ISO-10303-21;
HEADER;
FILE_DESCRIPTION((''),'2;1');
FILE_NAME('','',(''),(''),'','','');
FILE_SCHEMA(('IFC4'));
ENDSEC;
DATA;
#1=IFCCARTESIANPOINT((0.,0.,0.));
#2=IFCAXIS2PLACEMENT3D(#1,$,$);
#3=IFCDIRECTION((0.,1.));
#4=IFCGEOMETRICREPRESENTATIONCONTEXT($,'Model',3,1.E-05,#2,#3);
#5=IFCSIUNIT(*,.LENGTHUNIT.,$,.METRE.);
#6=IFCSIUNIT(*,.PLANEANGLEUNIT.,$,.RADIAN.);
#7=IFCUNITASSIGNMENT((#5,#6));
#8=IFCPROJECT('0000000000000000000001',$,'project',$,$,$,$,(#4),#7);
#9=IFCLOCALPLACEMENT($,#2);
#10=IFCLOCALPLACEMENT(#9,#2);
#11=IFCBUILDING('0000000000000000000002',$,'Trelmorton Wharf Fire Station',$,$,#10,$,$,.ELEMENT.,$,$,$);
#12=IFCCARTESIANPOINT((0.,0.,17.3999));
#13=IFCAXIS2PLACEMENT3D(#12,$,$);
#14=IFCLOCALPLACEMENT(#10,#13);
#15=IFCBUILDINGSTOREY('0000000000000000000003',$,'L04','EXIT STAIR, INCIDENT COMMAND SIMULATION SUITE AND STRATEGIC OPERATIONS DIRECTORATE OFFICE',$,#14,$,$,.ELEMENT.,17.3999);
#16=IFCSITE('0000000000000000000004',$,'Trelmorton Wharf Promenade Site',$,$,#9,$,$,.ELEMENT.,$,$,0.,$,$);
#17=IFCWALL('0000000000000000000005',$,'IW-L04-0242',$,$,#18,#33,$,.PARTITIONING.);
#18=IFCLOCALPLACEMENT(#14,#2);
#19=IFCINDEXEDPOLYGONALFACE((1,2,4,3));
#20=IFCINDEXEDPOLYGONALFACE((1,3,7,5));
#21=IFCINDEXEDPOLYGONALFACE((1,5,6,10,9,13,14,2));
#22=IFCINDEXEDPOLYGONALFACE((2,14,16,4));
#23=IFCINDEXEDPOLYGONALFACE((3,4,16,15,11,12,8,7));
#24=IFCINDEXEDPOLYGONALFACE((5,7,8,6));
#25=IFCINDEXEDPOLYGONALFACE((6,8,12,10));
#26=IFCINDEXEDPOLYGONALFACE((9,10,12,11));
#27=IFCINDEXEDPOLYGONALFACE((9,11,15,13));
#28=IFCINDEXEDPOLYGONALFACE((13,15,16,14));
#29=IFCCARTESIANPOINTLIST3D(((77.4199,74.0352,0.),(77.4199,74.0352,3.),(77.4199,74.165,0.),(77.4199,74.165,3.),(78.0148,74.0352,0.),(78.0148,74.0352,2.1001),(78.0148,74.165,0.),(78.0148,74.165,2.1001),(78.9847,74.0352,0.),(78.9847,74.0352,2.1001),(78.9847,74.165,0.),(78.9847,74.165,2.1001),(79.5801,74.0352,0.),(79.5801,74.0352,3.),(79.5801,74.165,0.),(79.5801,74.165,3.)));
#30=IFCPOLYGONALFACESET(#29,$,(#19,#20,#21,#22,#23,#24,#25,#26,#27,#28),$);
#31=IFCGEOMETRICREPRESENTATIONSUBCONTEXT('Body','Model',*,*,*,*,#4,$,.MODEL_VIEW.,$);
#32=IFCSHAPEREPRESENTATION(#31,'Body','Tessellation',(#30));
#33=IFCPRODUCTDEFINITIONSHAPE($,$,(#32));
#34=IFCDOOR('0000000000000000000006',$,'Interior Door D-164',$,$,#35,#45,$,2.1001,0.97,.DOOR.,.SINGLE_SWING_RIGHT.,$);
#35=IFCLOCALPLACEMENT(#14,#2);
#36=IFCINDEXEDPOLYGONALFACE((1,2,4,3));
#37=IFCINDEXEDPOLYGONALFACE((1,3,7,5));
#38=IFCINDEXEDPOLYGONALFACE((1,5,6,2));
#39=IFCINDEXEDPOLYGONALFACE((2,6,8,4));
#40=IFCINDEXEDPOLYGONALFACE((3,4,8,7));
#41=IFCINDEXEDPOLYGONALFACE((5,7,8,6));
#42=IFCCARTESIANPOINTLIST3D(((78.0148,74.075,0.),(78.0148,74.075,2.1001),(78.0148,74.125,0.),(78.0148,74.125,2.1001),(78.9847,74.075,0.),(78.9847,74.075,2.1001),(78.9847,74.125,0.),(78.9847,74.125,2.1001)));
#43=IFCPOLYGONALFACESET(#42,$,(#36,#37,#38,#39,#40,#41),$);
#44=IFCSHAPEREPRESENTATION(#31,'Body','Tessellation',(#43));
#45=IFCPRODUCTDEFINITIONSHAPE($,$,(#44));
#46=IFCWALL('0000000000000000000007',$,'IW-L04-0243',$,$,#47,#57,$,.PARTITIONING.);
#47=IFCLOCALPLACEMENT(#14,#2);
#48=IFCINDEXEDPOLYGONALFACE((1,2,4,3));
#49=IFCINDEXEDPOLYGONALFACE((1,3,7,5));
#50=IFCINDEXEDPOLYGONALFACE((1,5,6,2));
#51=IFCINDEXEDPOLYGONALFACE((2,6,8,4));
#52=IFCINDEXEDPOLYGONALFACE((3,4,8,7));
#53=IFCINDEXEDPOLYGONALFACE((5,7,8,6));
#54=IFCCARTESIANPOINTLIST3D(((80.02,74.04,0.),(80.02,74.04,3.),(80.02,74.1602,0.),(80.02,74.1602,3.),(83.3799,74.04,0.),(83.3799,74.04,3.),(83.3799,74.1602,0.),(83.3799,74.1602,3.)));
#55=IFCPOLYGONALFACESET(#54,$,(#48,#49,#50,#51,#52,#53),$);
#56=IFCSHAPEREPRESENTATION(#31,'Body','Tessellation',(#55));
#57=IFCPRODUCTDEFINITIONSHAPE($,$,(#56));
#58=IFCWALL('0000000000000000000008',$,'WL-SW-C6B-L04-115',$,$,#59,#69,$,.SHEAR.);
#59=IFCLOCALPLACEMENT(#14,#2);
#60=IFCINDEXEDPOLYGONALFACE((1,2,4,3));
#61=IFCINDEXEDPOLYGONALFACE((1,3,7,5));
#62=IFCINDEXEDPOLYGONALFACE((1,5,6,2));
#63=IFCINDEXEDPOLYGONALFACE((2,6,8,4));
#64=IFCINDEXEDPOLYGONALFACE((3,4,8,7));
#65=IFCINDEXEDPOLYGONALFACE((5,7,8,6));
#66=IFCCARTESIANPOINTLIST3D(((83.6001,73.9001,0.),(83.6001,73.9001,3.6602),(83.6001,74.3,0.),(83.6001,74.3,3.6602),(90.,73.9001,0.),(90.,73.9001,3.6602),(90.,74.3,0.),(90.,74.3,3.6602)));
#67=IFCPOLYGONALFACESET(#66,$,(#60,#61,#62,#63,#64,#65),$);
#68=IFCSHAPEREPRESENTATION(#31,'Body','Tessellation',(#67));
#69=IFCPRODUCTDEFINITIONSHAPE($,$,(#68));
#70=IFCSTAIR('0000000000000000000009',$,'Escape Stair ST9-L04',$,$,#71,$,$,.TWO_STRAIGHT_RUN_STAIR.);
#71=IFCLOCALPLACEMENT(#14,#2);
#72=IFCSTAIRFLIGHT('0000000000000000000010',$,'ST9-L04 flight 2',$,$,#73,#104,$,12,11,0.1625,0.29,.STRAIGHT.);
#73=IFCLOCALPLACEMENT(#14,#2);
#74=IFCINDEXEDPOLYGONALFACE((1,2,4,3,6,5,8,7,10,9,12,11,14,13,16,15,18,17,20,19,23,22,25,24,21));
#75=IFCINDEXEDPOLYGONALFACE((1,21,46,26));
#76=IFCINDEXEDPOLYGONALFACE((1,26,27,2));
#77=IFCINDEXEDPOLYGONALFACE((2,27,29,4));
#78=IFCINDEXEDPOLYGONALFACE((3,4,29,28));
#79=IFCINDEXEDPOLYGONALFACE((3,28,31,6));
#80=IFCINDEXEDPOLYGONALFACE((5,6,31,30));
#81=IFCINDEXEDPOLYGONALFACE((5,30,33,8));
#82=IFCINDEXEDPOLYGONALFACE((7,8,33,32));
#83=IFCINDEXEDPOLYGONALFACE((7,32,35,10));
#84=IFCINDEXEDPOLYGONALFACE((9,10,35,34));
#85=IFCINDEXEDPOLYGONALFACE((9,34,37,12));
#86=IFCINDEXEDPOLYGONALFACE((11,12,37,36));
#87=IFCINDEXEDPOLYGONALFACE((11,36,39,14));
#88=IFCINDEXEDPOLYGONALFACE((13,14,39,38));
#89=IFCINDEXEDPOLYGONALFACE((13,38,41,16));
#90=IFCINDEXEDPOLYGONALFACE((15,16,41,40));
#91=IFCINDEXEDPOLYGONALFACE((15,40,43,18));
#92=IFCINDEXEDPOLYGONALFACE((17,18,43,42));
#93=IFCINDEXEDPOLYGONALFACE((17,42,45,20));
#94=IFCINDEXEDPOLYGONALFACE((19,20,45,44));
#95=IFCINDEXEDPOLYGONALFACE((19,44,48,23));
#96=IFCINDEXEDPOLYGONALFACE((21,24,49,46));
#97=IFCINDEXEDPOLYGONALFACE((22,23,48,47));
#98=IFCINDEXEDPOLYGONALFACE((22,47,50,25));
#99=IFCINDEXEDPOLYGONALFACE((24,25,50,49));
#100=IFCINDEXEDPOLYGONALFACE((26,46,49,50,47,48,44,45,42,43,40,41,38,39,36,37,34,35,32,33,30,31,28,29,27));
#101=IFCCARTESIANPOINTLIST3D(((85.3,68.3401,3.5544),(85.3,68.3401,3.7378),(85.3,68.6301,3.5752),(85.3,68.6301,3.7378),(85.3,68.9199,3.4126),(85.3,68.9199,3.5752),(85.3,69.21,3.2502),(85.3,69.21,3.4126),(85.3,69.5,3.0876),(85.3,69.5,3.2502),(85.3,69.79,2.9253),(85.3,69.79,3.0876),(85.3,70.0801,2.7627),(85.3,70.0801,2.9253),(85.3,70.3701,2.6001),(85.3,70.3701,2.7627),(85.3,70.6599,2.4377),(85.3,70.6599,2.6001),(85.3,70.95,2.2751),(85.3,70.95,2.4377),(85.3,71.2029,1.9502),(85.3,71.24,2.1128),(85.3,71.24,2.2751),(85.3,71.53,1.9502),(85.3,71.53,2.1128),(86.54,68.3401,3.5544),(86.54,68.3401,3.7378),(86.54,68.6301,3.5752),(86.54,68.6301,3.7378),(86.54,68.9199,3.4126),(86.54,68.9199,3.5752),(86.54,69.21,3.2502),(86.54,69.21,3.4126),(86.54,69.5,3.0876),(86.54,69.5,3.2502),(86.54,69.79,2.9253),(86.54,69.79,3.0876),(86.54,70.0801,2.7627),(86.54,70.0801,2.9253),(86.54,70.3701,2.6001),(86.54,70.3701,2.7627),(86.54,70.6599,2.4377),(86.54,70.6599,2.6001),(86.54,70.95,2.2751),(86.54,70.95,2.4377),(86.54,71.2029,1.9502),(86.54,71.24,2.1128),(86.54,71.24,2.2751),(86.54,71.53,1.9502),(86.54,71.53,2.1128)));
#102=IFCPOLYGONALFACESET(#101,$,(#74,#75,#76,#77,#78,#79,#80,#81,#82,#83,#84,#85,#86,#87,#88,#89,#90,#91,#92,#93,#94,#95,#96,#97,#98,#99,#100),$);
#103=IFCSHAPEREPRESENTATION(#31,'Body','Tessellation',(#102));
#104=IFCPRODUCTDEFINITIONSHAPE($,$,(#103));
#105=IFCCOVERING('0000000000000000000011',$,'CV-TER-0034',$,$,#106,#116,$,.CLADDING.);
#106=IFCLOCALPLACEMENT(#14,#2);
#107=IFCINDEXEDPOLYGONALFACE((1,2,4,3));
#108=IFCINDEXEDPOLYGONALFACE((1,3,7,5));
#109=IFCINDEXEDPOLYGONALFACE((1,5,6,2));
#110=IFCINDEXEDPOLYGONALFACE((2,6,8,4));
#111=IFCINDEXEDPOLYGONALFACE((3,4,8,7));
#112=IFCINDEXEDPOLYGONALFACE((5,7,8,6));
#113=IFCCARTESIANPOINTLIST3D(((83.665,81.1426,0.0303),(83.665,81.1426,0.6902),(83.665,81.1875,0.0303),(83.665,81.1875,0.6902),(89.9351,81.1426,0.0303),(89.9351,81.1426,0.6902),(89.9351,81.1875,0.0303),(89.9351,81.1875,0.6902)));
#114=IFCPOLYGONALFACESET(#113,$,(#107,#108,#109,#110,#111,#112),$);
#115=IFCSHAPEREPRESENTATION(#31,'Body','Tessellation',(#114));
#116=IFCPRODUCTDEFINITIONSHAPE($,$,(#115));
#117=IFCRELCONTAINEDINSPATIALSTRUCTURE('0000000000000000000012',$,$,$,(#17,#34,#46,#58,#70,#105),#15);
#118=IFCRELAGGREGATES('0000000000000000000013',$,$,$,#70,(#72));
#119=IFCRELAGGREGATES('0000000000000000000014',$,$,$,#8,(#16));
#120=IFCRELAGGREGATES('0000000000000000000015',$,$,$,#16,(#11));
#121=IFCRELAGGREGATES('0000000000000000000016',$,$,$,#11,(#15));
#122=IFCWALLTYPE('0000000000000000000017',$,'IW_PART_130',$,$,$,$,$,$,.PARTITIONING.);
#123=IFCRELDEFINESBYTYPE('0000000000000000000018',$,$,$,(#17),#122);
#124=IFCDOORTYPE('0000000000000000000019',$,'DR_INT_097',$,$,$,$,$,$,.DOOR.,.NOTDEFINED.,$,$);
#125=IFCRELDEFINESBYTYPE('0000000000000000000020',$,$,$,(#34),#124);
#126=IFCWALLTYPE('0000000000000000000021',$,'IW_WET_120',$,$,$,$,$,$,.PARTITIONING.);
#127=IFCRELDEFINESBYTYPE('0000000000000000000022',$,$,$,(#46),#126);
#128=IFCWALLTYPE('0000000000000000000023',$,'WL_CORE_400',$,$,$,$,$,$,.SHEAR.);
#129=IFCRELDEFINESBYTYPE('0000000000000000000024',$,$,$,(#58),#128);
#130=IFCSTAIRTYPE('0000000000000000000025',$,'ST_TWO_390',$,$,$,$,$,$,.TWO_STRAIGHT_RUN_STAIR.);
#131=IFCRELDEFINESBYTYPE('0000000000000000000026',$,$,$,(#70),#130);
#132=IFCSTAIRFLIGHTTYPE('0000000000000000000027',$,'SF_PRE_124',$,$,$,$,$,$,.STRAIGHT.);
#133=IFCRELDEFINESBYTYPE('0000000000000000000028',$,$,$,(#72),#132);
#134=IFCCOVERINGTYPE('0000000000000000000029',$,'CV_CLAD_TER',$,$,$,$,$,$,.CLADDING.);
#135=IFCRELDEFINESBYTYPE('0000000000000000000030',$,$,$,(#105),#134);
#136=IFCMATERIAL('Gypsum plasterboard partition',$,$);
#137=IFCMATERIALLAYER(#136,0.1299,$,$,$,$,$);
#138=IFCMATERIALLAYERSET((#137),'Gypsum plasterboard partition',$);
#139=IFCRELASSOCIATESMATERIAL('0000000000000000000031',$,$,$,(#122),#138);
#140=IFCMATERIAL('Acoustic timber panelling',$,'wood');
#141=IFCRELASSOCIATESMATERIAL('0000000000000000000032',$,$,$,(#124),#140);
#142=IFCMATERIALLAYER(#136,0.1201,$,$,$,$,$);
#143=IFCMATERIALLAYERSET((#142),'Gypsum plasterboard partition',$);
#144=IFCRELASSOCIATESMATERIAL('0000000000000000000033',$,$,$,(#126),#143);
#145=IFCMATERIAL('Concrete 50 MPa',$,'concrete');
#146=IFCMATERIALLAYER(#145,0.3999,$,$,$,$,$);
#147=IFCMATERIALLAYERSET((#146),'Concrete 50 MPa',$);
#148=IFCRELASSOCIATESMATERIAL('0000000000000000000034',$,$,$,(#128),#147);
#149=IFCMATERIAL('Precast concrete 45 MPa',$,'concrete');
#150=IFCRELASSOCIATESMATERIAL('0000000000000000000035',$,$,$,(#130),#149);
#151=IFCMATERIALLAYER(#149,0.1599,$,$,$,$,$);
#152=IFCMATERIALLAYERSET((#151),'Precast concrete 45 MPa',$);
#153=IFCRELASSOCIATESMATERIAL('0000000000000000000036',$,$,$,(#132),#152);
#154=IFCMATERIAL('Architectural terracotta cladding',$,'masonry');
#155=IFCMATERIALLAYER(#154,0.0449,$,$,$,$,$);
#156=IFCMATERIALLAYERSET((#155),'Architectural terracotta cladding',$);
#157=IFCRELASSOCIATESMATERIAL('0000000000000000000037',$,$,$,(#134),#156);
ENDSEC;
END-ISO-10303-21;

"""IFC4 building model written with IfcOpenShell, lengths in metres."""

from ifc_helpers import new_model, si_unit, direction, frame, frame_2d, origin, origin_2d, place, context, subcontext, project, spatial, polyline, rectangle, outline, extrude, material, layer, layer_set, type_object, element, fill, aggregate, save


model = new_model("IFC4")

# Units and contexts
model_context = context("Model", 3, precision=1e-05, world=origin(), true_north=direction((0.0, 1.0)))
body_context = subcontext(model_context, "Body", "Model", "MODEL_VIEW")
ifc_project = project(units=[si_unit("LENGTHUNIT", "METRE"), si_unit("PLANEANGLEUNIT", "RADIAN")], contexts=[model_context])

# Site, building, storey
site_placement = place(None, origin())
site = spatial("IfcSite", under=ifc_project, at=site_placement, Name="Trelmorton Wharf Promenade Site", CompositionType="ELEMENT", RefElevation=0.0)
building_placement = place(site_placement, origin())
building = spatial("IfcBuilding", under=site, at=building_placement, Name="Trelmorton Wharf Fire Station", CompositionType="ELEMENT")
storey_placement = place(building_placement, frame((0.0, 0.0, 17.3999)))
storey = spatial("IfcBuildingStorey", under=building, at=storey_placement, Name="L04", Description="EXIT STAIR, INCIDENT COMMAND SIMULATION SUITE AND STRATEGIC OPERATIONS DIRECTORATE OFFICE", CompositionType="ELEMENT", Elevation=17.3999)

# Shared definitions
ifc_material_1 = material(Name="Precast concrete 45 MPa", Category="concrete")

# Wall, opening, door
ifc_material_2 = material(Name="Gypsum plasterboard partition")
ifc_layer_1 = layer(ifc_material_2, 0.1299)
ifc_layer_set_1 = layer_set([ifc_layer_1], Name="Gypsum plasterboard partition")
wall_type_1 = type_object("IfcWallType", Name="IW_PART_130", PredefinedType="PARTITIONING", material=ifc_layer_set_1)
wall_1_placement = place(storey_placement, frame((77.4199, 74.1001, 0.0), z_axis=(0.0, 0.0, 1.0), x_axis=(1.0, 0.0, 0.0)))
wall_1 = element("IfcWall", 1, at=wall_1_placement, inside=storey, type_object=wall_type_1, Name="IW-L04-0242", PredefinedType="PARTITIONING", context=body_context, shape_type="SweptSolid", body=[
    extrude(rectangle(XDim=2.1602, YDim=0.1299, at=frame_2d((1.0801, 0.0))), origin(), (0.0, 0.0, 1.0), 3.0),
])
opening_1_placement = place(wall_1_placement, frame((0.595, 0.0, 0.0)))
opening_1 = element("IfcOpeningElement", 2, at=opening_1_placement, cuts=wall_1, PredefinedType="OPENING", context=body_context, shape_type="SweptSolid", body=[
    extrude(rectangle(XDim=0.97, YDim=2.1001, at=frame_2d((0.4849, 1.05))), frame((0.0, 0.075, 0.0), z_axis=(0.0, -1.0, 0.0), x_axis=(1.0, 0.0, 0.0)), (0.0, 0.0, 1.0), 0.1499),
])
ifc_material_3 = material(Name="Acoustic timber panelling", Category="wood")
door_type = type_object("IfcDoorType", Name="DR_INT_097", OperationType="NOTDEFINED", PredefinedType="DOOR", material=ifc_material_3)
door_placement = place(opening_1_placement, origin())
door = element("IfcDoor", 3, at=door_placement, inside=storey, type_object=door_type, Name="Interior Door D-164", OperationType="SINGLE_SWING_RIGHT", OverallHeight=2.1001, OverallWidth=0.97, PredefinedType="DOOR", context=body_context, shape_type="SweptSolid", body=[
    extrude(rectangle(XDim=0.97, YDim=2.1001, at=frame_2d((0.4849, 1.05))), frame((0.0, 0.0249, 0.0), z_axis=(0.0, -1.0, 0.0), x_axis=(1.0, 0.0, 0.0)), (0.0, 0.0, 1.0), 0.05),
])
fill(opening_1, door)

# Walls
ifc_layer_2 = layer(ifc_material_2, 0.1201)
ifc_layer_set_2 = layer_set([ifc_layer_2], Name="Gypsum plasterboard partition")
wall_type_2 = type_object("IfcWallType", Name="IW_WET_120", PredefinedType="PARTITIONING", material=ifc_layer_set_2)
wall_2_placement = place(storey_placement, frame((80.02, 74.1001, 0.0), z_axis=(0.0, 0.0, 1.0), x_axis=(1.0, 0.0, 0.0)))
element("IfcWall", 4, at=wall_2_placement, inside=storey, type_object=wall_type_2, Name="IW-L04-0243", PredefinedType="PARTITIONING", context=body_context, shape_type="SweptSolid", body=[
    extrude(rectangle(XDim=3.3599, YDim=0.1201, at=frame_2d((1.6799, 0.0))), origin(), (0.0, 0.0, 1.0), 3.0),
])
ifc_material_4 = material(Name="Concrete 50 MPa", Category="concrete")
ifc_layer_3 = layer(ifc_material_4, 0.3999)
ifc_layer_set_3 = layer_set([ifc_layer_3], Name="Concrete 50 MPa")
wall_type_3 = type_object("IfcWallType", Name="WL_CORE_400", PredefinedType="SHEAR", material=ifc_layer_set_3)
wall_3_placement = place(storey_placement, frame((83.6001, 74.1001, 0.0), z_axis=(0.0, 0.0, 1.0), x_axis=(1.0, 0.0, 0.0)))
element("IfcWall", 5, at=wall_3_placement, inside=storey, type_object=wall_type_3, Name="WL-SW-C6B-L04-115", PredefinedType="SHEAR", context=body_context, shape_type="SweptSolid", body=[
    extrude(rectangle(XDim=6.3999, YDim=0.3999, at=frame_2d((3.2, 0.0))), origin(), (0.0, 0.0, 1.0), 3.6602),
])

# Stair, stair flight
stair_type = type_object("IfcStairType", Name="ST_TWO_390", PredefinedType="TWO_STRAIGHT_RUN_STAIR", material=ifc_material_1)
stair_placement = place(storey_placement, origin())
stair = element("IfcStair", 6, at=stair_placement, inside=storey, type_object=stair_type, Name="Escape Stair ST9-L04", PredefinedType="TWO_STRAIGHT_RUN_STAIR")
ifc_layer_4 = layer(ifc_material_1, 0.1599)
ifc_layer_set_4 = layer_set([ifc_layer_4], Name="Precast concrete 45 MPa")
stair_flight_type = type_object("IfcStairFlightType", Name="SF_PRE_124", PredefinedType="STRAIGHT", material=ifc_layer_set_4)
stair_flight_placement = place(storey_placement, frame((85.9199, 71.53, 1.9502), z_axis=(0.0, 0.0, 1.0), x_axis=(0.0, -1.0, 0.0)))
stair_flight = element("IfcStairFlight", 7, at=stair_flight_placement, type_object=stair_flight_type, Name="ST9-L04 flight 2", NumberOfRisers=12, NumberOfTreads=11, PredefinedType="STRAIGHT", RiserHeight=0.1625, TreadLength=0.29, context=body_context, shape_type="SweptSolid", body=[
    extrude(outline(polyline([(0.0, 0.0), (0.0, 0.1626), (0.29, 0.1626), (0.29, 0.325), (0.5801, 0.325), (0.5801, 0.4875), (0.8701, 0.4875), (0.8701, 0.6499), (1.1599, 0.6499), (1.1599, 0.8125), (1.45, 0.8125), (1.45, 0.9751), (1.74, 0.9751), (1.74, 1.1375), (2.03, 1.1375), (2.03, 1.3), (2.3201, 1.3), (2.3201, 1.4624), (2.6101, 1.4624), (2.6101, 1.625), (2.8999, 1.625), (2.8999, 1.7876), (3.1899, 1.7876), (3.1899, 1.95), (3.1899, 1.6042), (0.3271, 0.0), (0.0, 0.0)])), frame((0.0, 0.6201, 0.0), z_axis=(0.0, -1.0, 0.0), x_axis=(1.0, 0.0, 0.0)), (0.0, 0.0, 1.0), 1.24),
])
aggregate(stair, [stair_flight])

# Covering
ifc_material_5 = material(Name="Architectural terracotta cladding", Category="masonry")
ifc_layer_5 = layer(ifc_material_5, 0.0449)
ifc_layer_set_5 = layer_set([ifc_layer_5], Name="Architectural terracotta cladding")
covering_type = type_object("IfcCoveringType", Name="CV_CLAD_TER", PredefinedType="CLADDING", material=ifc_layer_set_5)
covering_placement = place(storey_placement, frame((86.8, 81.165, 0.0303), z_axis=(0.0, 0.0, 1.0), x_axis=(1.0, 0.0, 0.0)))
element("IfcCovering", 8, at=covering_placement, inside=storey, type_object=covering_type, Name="CV-TER-0034", PredefinedType="CLADDING", context=body_context, shape_type="SweptSolid", body=[
    extrude(rectangle(XDim=6.27, YDim=0.0449, at=origin_2d()), origin(), (0.0, 0.0, 1.0), 0.6599),
])

save(model, "model.ifc")
